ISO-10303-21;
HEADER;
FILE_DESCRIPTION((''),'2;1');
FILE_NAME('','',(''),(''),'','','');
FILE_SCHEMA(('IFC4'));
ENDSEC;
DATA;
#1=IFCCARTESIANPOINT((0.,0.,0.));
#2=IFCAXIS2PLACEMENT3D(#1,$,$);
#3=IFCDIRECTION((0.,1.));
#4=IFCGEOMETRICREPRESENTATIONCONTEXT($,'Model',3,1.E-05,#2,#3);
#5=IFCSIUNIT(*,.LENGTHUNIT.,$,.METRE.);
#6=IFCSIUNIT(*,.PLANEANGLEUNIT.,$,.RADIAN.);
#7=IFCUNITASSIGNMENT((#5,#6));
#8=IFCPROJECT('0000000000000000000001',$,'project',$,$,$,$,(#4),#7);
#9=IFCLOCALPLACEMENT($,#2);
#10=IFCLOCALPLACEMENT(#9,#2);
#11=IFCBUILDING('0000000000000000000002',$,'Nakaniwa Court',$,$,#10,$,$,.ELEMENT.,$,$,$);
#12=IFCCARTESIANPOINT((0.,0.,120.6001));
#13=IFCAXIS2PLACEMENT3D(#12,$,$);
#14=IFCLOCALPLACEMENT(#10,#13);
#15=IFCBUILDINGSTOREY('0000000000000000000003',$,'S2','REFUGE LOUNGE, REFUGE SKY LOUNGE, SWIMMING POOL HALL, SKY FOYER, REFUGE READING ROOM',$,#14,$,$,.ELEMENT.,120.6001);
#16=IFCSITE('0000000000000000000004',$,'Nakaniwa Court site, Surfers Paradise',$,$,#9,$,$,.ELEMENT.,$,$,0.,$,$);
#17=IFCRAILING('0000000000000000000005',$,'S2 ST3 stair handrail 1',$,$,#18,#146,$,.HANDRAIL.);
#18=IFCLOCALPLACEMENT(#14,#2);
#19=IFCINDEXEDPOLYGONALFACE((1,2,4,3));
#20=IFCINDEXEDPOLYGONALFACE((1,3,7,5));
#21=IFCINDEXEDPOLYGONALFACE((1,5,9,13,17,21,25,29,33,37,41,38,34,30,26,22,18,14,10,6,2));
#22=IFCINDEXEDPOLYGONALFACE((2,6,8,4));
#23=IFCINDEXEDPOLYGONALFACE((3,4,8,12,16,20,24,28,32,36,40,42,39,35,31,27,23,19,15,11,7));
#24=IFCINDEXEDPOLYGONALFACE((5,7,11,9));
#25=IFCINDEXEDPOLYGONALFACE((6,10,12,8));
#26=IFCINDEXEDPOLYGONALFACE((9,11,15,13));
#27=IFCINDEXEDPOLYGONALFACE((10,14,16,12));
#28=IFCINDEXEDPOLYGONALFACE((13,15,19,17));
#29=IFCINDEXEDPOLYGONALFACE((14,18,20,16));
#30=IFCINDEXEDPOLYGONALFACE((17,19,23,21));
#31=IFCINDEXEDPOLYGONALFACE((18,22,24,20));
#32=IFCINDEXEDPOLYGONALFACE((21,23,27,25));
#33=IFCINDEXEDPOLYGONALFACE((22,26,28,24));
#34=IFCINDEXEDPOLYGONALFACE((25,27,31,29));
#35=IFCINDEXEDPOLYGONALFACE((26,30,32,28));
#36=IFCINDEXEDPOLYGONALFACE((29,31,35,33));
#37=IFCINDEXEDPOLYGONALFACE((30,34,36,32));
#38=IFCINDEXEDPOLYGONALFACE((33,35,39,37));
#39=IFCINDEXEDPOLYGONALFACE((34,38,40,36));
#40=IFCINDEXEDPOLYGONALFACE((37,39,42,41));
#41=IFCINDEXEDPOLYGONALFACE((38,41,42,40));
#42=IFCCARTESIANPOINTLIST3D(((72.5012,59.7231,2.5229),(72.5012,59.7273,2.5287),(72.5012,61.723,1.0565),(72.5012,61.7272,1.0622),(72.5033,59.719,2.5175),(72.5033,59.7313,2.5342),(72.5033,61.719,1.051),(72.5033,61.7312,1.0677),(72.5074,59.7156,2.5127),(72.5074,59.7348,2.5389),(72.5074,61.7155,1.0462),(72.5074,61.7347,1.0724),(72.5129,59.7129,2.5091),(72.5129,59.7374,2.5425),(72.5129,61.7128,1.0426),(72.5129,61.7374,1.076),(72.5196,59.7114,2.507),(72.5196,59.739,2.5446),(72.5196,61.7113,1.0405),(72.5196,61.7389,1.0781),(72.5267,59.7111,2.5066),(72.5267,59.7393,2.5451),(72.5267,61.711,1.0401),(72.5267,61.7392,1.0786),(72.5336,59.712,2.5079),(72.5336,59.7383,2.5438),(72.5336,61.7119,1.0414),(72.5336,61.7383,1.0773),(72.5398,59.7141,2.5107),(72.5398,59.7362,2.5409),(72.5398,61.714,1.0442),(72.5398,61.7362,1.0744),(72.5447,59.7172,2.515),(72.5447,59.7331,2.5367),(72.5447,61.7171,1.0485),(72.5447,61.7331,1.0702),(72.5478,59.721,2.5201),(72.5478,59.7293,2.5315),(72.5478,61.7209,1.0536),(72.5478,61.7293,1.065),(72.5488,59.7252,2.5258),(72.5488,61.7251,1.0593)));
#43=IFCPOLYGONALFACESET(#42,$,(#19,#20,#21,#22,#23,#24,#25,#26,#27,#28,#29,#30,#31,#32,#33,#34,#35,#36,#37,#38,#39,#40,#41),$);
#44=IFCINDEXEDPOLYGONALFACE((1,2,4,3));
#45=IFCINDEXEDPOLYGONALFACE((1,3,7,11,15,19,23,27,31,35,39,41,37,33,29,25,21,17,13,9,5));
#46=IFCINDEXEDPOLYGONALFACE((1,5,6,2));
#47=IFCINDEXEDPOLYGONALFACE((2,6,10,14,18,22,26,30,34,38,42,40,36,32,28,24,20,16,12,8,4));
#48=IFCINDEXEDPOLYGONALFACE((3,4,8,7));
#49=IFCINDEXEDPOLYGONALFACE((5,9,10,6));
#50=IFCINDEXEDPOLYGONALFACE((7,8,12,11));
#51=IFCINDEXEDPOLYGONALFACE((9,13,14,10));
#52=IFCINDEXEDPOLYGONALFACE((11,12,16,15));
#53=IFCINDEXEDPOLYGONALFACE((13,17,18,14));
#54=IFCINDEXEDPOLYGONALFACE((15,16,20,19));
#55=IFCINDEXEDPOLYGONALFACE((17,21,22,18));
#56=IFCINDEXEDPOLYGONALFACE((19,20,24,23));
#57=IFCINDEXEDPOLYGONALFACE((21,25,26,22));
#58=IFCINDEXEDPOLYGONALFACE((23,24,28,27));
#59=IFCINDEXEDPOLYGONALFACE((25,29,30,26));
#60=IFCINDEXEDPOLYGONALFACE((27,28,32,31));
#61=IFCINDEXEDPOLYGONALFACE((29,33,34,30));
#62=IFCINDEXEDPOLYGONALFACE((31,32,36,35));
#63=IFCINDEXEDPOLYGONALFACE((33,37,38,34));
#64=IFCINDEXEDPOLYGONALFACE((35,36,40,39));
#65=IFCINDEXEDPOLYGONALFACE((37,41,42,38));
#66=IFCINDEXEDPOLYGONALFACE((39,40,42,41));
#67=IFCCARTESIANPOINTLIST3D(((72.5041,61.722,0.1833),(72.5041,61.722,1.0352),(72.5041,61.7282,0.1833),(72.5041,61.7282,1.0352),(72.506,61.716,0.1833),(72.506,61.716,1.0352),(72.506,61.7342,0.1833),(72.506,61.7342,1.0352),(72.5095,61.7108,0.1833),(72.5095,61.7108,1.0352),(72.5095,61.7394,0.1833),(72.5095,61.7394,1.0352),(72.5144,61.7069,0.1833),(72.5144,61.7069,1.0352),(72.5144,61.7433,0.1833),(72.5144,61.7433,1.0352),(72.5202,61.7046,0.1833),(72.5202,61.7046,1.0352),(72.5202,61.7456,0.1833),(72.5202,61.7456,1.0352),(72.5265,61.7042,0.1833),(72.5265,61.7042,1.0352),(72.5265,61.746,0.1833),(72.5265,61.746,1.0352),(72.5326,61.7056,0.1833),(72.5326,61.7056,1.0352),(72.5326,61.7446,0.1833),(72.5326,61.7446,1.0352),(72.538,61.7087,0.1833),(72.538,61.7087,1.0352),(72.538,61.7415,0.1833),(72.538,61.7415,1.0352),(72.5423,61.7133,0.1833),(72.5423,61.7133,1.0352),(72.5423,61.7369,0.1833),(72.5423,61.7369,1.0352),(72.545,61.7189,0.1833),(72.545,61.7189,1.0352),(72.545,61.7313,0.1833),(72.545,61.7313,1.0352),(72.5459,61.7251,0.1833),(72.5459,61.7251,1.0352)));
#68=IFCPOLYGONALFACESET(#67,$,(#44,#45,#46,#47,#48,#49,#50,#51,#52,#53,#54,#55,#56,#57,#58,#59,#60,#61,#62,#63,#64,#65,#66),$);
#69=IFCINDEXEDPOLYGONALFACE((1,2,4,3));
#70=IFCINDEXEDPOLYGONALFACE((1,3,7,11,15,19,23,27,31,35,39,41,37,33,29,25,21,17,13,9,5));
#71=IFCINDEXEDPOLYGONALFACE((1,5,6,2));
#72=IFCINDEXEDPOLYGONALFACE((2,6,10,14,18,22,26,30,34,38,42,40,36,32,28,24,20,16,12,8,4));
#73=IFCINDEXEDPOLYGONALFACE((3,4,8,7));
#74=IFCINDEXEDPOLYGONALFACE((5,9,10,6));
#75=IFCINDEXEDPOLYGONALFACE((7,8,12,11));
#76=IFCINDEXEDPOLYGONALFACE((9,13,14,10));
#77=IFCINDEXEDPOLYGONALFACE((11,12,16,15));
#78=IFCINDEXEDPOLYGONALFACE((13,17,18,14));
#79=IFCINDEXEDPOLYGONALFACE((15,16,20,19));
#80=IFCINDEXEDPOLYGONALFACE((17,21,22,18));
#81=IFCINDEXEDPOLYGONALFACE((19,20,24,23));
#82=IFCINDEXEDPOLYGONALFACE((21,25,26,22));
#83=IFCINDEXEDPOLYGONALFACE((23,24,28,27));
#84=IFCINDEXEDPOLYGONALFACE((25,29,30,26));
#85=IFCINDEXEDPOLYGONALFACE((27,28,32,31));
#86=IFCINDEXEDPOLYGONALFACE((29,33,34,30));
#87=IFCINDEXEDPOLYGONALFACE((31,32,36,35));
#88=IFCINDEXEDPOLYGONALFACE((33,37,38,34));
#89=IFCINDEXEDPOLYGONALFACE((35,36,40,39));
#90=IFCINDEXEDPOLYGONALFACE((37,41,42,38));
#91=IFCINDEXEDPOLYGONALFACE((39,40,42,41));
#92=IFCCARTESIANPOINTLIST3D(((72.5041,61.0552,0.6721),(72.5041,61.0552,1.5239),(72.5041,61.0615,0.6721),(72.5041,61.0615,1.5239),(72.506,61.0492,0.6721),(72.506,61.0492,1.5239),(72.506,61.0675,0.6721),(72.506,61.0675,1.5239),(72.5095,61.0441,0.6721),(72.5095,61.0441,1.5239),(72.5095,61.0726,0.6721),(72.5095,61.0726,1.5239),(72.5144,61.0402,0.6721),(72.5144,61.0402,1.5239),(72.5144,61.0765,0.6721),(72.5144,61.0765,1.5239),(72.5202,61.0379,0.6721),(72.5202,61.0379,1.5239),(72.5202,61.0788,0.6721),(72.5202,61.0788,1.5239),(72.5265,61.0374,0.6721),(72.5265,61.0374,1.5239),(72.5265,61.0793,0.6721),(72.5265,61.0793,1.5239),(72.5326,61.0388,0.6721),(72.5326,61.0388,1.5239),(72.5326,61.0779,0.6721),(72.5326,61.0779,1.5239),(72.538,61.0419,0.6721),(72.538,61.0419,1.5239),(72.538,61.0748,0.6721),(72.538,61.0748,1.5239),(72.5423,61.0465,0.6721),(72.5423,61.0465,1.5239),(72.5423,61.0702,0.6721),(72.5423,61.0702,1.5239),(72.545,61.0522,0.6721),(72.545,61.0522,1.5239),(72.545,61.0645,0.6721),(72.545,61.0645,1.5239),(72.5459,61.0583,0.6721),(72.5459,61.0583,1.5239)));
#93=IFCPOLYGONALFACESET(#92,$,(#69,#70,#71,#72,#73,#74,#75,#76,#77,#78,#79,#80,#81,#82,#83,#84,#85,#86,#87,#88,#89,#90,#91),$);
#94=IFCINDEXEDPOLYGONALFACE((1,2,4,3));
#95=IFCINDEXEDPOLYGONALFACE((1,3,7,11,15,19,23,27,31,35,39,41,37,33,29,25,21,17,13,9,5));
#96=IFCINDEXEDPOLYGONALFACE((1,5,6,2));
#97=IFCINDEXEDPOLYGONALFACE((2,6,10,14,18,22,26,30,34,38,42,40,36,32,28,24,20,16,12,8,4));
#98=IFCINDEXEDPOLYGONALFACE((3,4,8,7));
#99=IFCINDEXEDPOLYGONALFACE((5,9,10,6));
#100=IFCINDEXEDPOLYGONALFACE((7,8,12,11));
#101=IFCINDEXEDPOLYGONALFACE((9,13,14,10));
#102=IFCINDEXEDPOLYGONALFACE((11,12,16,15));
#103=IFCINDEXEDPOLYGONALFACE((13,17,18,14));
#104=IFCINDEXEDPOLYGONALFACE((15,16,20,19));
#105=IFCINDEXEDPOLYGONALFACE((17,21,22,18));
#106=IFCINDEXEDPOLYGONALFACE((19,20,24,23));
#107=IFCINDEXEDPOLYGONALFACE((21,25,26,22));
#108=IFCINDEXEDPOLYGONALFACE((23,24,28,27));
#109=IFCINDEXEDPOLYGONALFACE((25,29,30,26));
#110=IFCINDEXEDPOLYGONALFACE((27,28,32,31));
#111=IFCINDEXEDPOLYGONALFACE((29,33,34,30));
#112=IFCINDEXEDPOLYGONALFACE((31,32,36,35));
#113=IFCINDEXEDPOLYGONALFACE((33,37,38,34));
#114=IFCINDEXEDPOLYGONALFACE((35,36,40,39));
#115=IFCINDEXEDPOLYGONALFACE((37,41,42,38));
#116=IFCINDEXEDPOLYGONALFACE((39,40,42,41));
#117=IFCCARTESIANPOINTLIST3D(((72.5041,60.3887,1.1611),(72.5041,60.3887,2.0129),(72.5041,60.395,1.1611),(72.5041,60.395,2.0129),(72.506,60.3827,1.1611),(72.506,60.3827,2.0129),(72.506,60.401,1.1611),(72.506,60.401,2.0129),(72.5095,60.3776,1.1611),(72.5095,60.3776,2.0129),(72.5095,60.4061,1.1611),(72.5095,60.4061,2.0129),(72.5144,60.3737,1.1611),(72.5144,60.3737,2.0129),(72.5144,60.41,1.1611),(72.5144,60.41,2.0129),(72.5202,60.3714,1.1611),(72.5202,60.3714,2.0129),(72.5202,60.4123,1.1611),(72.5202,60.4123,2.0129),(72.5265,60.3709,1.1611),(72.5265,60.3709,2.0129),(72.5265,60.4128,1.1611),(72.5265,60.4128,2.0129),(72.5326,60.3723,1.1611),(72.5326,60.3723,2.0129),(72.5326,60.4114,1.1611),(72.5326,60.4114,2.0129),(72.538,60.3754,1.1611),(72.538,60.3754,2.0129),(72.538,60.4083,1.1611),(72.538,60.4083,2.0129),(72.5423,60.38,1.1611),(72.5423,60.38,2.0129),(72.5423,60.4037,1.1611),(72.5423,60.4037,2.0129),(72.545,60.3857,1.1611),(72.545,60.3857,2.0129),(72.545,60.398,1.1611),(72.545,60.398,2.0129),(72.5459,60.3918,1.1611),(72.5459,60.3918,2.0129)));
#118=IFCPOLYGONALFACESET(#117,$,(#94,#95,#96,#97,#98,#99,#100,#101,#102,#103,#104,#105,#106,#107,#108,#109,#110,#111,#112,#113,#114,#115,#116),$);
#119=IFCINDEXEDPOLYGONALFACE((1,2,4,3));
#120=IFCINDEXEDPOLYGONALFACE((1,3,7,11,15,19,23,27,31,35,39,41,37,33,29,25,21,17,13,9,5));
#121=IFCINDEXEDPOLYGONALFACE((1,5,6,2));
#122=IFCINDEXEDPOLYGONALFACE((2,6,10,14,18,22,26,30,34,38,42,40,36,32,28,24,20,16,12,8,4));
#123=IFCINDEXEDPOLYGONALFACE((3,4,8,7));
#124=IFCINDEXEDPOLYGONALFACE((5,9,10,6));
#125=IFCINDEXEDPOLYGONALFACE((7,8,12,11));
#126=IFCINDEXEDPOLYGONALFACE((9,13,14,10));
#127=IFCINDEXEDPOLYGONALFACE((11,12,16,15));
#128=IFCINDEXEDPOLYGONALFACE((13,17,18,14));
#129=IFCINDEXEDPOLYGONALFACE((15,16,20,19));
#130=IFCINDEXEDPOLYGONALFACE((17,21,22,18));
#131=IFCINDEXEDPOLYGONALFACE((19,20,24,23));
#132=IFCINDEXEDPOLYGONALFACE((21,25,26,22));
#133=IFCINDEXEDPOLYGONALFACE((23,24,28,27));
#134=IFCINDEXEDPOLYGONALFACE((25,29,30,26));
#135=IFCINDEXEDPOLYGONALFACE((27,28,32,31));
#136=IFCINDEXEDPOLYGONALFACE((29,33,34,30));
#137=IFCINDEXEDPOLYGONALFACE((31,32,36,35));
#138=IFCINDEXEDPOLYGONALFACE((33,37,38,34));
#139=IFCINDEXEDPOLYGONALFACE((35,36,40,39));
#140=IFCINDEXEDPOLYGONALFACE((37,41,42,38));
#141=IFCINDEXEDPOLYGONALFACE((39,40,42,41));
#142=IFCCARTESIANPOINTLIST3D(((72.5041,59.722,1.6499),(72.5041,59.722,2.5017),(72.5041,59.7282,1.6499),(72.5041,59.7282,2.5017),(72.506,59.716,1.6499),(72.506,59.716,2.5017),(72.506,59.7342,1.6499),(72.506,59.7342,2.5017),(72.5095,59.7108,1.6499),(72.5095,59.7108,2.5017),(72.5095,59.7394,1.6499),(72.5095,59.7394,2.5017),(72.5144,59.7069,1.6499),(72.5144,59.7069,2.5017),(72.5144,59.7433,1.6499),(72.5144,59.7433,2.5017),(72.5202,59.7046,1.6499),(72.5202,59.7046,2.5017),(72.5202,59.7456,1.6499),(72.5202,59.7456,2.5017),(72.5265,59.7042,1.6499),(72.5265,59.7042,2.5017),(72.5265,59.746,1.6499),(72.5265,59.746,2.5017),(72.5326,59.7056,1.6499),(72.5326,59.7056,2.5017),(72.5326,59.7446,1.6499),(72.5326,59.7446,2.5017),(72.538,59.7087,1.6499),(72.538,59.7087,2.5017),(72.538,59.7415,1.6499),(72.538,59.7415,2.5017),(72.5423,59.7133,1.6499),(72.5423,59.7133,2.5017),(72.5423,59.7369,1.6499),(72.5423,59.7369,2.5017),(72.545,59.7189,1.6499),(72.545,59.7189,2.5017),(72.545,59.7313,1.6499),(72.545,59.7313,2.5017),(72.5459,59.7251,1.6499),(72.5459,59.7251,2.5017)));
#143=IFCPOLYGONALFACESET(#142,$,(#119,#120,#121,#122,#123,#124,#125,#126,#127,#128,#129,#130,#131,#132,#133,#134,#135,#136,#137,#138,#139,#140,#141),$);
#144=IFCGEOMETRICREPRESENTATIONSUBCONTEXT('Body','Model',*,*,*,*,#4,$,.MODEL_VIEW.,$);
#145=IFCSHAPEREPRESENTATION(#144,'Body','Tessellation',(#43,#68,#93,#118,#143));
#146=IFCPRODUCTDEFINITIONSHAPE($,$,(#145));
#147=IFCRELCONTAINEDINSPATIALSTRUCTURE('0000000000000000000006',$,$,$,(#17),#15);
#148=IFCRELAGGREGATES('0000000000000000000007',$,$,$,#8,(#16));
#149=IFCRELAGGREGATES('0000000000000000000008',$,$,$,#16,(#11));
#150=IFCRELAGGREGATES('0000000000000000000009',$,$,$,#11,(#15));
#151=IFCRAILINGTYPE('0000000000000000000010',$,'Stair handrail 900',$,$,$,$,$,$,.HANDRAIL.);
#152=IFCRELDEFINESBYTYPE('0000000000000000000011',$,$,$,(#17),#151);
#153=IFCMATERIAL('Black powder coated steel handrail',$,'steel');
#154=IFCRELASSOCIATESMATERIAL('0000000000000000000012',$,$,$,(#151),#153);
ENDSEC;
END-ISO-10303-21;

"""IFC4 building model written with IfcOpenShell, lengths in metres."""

from ifc_helpers import new_model, si_unit, direction, frame, origin, origin_2d, place, context, subcontext, project, spatial, circle, extrude, material, type_object, element, save


model = new_model("IFC4")

# Units and contexts
model_context = context("Model", 3, precision=1e-05, world=origin(), true_north=direction((0.0, 1.0)))
body_context = subcontext(model_context, "Body", "Model", "MODEL_VIEW")
ifc_project = project(units=[si_unit("LENGTHUNIT", "METRE"), si_unit("PLANEANGLEUNIT", "RADIAN")], contexts=[model_context])

# Site, building, storey
site_placement = place(None, origin())
site = spatial("IfcSite", under=ifc_project, at=site_placement, Name="Nakaniwa Court site, Surfers Paradise", CompositionType="ELEMENT", RefElevation=0.0)
building_placement = place(site_placement, origin())
building = spatial("IfcBuilding", under=site, at=building_placement, Name="Nakaniwa Court", CompositionType="ELEMENT")
storey_placement = place(building_placement, frame((0.0, 0.0, 120.6001)))
storey = spatial("IfcBuildingStorey", under=building, at=storey_placement, Name="S2", Description="REFUGE LOUNGE, REFUGE SKY LOUNGE, SWIMMING POOL HALL, SKY FOYER, REFUGE READING ROOM", CompositionType="ELEMENT", Elevation=120.6001)

# Railing
ifc_material_1 = material(Name="Black powder coated steel handrail", Category="steel")
railing_type_1 = type_object("IfcRailingType", Name="Stair handrail 900", PredefinedType="HANDRAIL", material=ifc_material_1)
railing_1_placement = place(storey_placement, frame((72.5249, 61.7251, 0.1833)))
element("IfcRailing", 1, at=railing_1_placement, inside=storey, type_object=railing_type_1, Name="S2 ST3 stair handrail 1", PredefinedType="HANDRAIL", context=body_context, shape_type="SweptSolid", body=[
    extrude(circle(Radius=0.0239, at=origin_2d()), frame((0.0, 0.0, 0.876), z_axis=(0.0, -0.806427, 0.591334), x_axis=(1.0, 0.0, 0.0)), (0.0, 0.0, 1.0), 2.48),
    extrude(circle(Radius=0.021, at=origin_2d()), origin(), (0.0, 0.0, 1.0), 0.8518),
    extrude(circle(Radius=0.021, at=origin_2d()), frame((0.0, -0.6667, 0.4888)), (0.0, 0.0, 1.0), 0.8518),
    extrude(circle(Radius=0.021, at=origin_2d()), frame((0.0, -1.3333, 0.9778)), (0.0, 0.0, 1.0), 0.8518),
    extrude(circle(Radius=0.021, at=origin_2d()), frame((0.0, -2.0, 1.4666)), (0.0, 0.0, 1.0), 0.8518),
])

save(model, "model.ifc")
